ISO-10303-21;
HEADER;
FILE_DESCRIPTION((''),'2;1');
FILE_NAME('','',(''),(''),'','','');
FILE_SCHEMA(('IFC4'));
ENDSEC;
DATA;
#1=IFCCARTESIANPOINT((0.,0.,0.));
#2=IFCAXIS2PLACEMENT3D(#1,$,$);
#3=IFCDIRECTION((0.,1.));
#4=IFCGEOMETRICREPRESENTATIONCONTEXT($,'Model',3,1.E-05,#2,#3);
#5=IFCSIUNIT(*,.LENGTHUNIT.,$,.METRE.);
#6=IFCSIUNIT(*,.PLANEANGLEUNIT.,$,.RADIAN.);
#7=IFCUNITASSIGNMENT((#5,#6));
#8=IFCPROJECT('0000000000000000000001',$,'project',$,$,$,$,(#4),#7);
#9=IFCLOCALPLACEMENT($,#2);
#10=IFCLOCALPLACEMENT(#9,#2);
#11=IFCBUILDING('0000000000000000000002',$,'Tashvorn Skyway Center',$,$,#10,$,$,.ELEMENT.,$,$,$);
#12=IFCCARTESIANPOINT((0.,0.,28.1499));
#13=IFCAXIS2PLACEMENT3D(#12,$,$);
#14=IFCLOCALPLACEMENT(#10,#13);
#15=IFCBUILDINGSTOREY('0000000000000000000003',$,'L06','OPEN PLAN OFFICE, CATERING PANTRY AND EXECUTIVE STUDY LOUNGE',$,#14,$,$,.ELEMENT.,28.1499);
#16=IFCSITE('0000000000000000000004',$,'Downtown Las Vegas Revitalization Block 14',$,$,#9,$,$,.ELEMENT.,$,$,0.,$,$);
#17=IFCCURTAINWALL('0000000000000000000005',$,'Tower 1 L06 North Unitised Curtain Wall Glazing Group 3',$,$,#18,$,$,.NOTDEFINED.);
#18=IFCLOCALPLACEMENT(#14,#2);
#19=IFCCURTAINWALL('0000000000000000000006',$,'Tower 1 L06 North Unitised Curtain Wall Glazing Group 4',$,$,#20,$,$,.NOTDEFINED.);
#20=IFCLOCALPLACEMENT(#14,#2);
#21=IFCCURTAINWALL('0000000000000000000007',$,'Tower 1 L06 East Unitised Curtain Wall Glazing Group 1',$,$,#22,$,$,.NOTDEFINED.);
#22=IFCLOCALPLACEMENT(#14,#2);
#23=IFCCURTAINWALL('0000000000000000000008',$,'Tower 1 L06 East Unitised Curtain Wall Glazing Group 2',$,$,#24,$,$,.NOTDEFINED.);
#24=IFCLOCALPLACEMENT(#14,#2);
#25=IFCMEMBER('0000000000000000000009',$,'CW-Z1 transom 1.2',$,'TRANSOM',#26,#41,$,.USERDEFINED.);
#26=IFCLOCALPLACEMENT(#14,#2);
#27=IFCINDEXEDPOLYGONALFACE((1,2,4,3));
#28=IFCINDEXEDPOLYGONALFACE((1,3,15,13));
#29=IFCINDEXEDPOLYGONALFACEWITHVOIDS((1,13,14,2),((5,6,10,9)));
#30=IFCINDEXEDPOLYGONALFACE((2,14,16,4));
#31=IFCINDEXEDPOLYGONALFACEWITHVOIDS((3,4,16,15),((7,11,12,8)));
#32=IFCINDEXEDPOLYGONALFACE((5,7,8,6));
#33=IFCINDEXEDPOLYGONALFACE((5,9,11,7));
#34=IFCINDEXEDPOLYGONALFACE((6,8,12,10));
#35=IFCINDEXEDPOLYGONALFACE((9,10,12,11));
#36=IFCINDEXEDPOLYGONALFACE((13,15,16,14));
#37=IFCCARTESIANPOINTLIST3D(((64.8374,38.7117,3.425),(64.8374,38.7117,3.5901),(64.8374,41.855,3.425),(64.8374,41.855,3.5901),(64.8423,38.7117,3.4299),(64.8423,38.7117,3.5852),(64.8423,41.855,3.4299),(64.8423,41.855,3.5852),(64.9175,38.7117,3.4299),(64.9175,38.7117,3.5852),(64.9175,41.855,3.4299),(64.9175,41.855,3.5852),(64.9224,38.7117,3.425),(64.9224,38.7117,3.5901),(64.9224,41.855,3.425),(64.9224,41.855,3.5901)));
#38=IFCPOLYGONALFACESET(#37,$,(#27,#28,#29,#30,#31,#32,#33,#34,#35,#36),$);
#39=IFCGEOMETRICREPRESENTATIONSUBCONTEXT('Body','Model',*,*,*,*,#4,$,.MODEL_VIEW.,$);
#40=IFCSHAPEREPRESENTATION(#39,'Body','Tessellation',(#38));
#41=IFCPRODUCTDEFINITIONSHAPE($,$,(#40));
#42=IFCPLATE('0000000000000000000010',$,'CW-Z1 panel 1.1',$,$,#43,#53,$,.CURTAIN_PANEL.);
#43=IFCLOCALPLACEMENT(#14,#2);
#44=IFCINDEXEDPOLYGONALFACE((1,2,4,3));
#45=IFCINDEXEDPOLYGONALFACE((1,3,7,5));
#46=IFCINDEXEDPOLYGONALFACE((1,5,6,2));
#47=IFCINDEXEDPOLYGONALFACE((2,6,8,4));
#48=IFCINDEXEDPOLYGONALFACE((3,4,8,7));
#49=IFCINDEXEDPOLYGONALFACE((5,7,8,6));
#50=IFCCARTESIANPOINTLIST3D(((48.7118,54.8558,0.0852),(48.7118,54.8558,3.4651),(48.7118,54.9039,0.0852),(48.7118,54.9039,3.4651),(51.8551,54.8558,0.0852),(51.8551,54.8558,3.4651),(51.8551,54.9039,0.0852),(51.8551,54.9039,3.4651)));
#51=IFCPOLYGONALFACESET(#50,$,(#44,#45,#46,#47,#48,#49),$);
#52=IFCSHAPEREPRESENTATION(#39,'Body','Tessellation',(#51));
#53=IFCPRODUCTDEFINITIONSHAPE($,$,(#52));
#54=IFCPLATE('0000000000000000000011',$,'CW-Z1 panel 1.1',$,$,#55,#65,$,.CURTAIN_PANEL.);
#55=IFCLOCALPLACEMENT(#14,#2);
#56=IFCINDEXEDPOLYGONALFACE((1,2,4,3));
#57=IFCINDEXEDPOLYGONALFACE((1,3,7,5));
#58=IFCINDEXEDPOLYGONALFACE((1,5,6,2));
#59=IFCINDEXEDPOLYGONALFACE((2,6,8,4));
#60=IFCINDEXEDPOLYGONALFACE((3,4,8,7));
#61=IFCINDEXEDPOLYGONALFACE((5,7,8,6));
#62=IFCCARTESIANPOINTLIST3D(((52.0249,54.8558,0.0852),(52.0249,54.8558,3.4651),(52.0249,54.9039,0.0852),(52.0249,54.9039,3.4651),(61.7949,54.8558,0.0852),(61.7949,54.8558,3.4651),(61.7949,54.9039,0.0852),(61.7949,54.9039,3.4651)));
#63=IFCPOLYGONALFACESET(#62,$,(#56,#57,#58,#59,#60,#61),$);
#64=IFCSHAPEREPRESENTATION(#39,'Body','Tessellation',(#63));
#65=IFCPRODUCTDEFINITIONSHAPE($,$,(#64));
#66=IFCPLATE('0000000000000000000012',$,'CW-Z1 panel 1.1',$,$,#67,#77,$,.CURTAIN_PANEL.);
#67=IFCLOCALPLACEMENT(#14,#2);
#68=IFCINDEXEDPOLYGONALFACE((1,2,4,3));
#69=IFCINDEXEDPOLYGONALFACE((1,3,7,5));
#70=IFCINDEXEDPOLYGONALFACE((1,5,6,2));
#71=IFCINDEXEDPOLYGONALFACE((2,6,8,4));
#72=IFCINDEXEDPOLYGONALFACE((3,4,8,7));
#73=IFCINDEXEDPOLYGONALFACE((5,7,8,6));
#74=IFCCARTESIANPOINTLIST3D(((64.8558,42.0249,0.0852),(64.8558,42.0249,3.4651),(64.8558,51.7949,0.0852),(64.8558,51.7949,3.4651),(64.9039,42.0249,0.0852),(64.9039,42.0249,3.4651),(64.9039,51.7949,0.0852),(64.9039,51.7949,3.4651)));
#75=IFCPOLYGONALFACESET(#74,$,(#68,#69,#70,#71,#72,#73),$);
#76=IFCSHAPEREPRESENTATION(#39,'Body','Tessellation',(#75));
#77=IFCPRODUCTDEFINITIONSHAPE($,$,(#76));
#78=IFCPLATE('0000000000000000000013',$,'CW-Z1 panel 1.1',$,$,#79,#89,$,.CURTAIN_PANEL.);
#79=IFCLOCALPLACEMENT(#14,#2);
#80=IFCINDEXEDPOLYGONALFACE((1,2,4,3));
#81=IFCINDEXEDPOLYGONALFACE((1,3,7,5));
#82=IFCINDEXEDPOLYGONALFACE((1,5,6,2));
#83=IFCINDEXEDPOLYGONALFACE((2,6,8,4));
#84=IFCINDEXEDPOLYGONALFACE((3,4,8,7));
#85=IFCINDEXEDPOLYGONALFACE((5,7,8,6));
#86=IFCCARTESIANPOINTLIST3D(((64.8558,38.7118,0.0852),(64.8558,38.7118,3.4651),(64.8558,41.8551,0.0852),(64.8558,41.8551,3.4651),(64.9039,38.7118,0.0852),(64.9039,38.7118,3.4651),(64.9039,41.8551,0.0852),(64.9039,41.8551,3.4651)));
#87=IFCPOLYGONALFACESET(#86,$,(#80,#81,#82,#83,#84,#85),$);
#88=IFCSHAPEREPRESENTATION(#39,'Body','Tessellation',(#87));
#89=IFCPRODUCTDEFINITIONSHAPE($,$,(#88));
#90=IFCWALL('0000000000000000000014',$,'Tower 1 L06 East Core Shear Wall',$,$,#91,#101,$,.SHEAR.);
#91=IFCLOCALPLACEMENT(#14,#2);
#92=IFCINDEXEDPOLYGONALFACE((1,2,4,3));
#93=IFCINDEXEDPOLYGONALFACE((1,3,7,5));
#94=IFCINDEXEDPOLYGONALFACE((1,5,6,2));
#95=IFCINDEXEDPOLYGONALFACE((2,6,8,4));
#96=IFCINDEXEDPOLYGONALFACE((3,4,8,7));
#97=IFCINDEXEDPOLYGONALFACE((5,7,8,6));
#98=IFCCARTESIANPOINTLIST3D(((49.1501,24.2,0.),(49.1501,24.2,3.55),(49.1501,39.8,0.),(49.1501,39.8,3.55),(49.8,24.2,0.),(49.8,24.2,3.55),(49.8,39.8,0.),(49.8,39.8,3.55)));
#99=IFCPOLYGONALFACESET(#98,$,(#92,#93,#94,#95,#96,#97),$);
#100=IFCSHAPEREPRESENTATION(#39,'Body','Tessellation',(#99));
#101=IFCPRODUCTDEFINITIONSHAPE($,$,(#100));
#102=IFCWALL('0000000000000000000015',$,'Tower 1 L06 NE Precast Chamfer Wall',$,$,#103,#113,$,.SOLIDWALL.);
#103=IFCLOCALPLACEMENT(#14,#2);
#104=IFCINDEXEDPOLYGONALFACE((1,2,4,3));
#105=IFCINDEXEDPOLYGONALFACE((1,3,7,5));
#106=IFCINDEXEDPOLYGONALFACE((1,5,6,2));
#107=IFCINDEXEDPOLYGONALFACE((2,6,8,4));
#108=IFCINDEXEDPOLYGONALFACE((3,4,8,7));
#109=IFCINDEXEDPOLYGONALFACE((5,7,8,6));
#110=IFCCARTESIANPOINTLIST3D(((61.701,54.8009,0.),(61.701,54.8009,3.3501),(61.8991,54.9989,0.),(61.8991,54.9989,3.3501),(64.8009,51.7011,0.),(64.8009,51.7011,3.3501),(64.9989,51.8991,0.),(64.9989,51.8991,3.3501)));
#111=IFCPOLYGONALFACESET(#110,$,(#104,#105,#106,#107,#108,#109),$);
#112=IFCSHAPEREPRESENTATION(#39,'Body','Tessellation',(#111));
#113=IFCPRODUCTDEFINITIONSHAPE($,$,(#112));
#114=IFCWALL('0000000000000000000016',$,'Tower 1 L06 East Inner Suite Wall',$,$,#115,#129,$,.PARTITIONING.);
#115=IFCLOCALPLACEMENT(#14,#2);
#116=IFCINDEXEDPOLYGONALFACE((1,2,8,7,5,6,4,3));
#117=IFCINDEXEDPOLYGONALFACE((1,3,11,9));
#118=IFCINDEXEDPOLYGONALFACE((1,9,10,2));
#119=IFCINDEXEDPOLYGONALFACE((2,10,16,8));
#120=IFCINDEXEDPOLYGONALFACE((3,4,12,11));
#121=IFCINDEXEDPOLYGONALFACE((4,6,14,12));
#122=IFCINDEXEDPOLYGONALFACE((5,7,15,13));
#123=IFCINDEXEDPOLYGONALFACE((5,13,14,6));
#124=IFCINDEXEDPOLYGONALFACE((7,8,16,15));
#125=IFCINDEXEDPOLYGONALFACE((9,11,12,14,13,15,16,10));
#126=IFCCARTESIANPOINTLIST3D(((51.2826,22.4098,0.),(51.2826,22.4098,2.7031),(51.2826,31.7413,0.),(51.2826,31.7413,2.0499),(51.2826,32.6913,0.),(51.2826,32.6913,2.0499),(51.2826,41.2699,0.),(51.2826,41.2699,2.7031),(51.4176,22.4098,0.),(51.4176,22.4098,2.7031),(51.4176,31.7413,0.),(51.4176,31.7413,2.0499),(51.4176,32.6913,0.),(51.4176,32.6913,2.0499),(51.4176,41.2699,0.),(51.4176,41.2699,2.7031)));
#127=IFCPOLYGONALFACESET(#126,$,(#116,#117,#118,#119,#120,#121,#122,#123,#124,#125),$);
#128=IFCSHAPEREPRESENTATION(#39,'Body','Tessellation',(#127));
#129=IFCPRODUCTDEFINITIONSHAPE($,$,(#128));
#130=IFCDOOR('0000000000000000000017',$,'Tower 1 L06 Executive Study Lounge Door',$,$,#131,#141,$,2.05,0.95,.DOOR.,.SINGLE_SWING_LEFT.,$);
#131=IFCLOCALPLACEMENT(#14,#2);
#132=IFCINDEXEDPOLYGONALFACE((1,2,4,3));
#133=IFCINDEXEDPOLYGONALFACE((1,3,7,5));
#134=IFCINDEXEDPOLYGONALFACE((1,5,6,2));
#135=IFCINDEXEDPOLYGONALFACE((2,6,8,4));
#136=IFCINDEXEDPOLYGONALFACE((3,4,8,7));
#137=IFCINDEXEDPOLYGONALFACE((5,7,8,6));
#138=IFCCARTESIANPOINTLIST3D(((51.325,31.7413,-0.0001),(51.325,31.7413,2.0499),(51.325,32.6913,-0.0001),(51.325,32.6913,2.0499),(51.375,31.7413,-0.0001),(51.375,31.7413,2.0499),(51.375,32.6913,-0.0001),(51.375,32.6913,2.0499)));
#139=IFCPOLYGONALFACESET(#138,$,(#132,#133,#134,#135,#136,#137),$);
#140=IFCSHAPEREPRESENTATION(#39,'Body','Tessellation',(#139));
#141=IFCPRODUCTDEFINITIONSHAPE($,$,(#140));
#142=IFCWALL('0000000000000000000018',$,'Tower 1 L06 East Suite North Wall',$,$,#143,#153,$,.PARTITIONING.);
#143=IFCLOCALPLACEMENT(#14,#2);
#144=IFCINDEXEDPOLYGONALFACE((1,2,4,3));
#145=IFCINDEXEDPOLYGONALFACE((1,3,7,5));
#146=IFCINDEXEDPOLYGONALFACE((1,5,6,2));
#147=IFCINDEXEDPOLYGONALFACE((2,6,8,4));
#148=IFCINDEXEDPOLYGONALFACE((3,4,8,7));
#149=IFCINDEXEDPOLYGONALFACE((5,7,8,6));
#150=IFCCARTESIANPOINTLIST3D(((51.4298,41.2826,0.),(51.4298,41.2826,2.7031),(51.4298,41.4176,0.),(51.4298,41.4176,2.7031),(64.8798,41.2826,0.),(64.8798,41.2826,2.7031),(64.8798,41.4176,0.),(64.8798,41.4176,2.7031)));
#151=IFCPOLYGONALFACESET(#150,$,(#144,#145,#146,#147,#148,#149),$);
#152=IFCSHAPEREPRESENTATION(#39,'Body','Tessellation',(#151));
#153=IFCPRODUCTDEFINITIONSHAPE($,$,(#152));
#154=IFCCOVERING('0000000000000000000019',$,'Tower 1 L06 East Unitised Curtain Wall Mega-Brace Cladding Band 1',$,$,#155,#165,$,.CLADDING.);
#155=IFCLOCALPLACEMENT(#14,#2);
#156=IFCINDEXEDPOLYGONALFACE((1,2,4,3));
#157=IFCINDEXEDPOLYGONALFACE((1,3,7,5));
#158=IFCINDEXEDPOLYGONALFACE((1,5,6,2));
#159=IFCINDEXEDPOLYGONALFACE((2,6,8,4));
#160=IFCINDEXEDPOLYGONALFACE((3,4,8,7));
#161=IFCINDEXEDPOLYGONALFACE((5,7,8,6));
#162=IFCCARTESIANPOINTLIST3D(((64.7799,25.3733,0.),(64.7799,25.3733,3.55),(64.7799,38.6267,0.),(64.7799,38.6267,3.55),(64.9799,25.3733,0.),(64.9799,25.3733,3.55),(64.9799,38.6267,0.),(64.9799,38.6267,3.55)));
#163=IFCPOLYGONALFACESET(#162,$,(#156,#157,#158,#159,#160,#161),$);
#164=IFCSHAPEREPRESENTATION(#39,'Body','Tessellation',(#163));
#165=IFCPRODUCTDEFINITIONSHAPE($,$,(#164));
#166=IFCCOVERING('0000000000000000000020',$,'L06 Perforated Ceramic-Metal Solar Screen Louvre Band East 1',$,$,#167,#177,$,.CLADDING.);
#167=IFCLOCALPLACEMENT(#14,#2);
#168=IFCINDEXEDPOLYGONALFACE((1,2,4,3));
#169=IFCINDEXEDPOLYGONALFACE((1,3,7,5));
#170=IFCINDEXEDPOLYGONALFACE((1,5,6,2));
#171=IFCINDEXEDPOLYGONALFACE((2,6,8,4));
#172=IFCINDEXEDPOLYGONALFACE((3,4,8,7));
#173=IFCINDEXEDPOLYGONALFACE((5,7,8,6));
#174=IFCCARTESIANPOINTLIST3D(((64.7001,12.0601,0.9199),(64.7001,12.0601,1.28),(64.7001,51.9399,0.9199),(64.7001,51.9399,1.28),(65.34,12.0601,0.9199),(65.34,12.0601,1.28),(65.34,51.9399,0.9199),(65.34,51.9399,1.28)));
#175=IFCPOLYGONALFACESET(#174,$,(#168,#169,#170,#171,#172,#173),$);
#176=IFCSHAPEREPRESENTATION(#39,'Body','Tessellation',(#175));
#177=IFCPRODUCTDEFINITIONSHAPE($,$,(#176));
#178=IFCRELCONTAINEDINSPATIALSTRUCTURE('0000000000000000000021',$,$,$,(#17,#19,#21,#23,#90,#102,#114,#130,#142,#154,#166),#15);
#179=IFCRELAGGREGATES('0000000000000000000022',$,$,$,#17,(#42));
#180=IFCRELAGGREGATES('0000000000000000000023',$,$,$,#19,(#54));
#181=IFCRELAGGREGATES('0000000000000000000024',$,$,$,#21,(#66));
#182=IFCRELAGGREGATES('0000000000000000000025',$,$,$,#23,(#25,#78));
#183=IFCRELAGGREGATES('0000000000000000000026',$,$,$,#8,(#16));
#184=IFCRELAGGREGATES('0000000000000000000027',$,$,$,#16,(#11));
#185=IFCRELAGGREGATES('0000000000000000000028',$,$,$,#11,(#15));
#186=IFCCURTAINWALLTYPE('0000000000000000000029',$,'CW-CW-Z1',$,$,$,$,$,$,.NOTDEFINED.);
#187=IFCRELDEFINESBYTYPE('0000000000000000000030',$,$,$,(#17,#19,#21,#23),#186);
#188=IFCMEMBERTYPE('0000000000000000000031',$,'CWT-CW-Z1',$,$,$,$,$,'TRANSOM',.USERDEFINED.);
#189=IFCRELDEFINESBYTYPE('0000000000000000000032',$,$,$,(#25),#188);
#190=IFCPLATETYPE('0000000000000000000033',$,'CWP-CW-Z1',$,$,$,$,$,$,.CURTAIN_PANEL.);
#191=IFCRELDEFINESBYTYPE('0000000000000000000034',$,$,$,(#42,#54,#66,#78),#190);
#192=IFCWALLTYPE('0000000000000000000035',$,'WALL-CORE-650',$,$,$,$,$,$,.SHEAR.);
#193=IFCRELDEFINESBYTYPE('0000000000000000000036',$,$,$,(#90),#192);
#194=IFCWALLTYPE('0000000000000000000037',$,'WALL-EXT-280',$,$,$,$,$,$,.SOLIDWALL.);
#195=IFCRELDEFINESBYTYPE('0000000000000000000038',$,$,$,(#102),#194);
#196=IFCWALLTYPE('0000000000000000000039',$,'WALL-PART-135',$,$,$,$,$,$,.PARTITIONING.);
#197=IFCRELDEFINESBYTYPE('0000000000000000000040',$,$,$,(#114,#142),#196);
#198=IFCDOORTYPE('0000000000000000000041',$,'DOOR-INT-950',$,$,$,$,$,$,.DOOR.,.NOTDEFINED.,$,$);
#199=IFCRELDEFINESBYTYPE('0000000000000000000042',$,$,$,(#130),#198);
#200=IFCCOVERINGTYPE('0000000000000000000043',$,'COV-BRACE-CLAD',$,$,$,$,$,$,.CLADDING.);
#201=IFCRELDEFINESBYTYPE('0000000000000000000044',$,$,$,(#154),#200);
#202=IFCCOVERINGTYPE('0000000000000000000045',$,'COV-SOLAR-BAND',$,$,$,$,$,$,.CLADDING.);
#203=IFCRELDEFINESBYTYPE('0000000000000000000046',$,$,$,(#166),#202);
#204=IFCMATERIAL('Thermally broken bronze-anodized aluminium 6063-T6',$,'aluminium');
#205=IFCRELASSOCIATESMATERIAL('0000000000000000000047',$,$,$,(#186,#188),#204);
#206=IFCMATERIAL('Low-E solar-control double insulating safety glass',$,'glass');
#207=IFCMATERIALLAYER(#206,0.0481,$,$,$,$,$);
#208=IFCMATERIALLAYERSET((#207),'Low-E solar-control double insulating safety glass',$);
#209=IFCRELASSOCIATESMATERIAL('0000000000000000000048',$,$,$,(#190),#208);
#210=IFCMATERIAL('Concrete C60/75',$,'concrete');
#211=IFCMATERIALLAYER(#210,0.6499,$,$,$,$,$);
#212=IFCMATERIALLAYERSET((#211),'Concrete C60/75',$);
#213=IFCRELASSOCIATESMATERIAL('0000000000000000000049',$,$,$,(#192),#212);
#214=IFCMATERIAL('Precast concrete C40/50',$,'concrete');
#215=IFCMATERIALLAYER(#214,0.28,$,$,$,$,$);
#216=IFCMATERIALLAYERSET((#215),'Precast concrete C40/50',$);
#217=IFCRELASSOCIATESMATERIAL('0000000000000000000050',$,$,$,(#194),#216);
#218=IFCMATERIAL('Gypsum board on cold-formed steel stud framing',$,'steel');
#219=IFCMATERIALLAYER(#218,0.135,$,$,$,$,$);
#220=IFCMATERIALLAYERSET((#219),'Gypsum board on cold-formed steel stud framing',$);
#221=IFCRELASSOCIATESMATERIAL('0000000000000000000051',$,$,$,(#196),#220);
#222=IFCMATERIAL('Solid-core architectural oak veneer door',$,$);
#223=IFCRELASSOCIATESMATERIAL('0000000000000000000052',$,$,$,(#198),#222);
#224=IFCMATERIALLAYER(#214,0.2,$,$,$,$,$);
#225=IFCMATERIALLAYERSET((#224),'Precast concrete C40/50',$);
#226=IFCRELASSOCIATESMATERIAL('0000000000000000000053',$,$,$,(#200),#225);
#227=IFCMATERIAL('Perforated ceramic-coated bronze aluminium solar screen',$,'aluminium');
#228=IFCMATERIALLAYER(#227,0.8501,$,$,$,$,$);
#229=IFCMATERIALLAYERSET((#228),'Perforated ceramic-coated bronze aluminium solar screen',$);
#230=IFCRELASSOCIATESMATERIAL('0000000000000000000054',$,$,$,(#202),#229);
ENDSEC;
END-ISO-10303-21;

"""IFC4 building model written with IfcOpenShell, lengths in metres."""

from ifc_helpers import new_model, si_unit, direction, frame, frame_2d, origin, origin_2d, place, context, subcontext, project, spatial, rectangle, hollow_rectangle, extrude, material, layer, layer_set, material_profile, profile_set, type_object, element, fill, aggregate, save


model = new_model("IFC4")

# Units and contexts
model_context = context("Model", 3, precision=1e-05, world=origin(), true_north=direction((0.0, 1.0)))
body_context = subcontext(model_context, "Body", "Model", "MODEL_VIEW")
ifc_project = project(units=[si_unit("LENGTHUNIT", "METRE"), si_unit("PLANEANGLEUNIT", "RADIAN")], contexts=[model_context])

# Site, building, storey
site_placement = place(None, origin())
site = spatial("IfcSite", under=ifc_project, at=site_placement, Name="Downtown Las Vegas Revitalization Block 14", CompositionType="ELEMENT", RefElevation=0.0)
building_placement = place(site_placement, origin())
building = spatial("IfcBuilding", under=site, at=building_placement, Name="Tashvorn Skyway Center", CompositionType="ELEMENT")
storey_placement = place(building_placement, frame((0.0, 0.0, 28.1499)))
storey = spatial("IfcBuildingStorey", under=building, at=storey_placement, Name="L06", Description="OPEN PLAN OFFICE, CATERING PANTRY AND EXECUTIVE STUDY LOUNGE", CompositionType="ELEMENT", Elevation=28.1499)

# Curtain wall
ifc_material_1 = material(Name="Thermally broken bronze-anodized aluminium 6063-T6", Category="aluminium")
curtain_wall_type = type_object("IfcCurtainWallType", Name="CW-CW-Z1", PredefinedType="NOTDEFINED", material=ifc_material_1)
curtain_wall_1_placement = place(storey_placement, origin())
curtain_wall_1 = element("IfcCurtainWall", 1, at=curtain_wall_1_placement, inside=storey, type_object=curtain_wall_type, Name="Tower 1 L06 North Unitised Curtain Wall Glazing Group 3", PredefinedType="NOTDEFINED")

# Curtain walls
curtain_wall_2_placement = place(storey_placement, origin())
curtain_wall_2 = element("IfcCurtainWall", 2, at=curtain_wall_2_placement, inside=storey, type_object=curtain_wall_type, Name="Tower 1 L06 North Unitised Curtain Wall Glazing Group 4", PredefinedType="NOTDEFINED")
curtain_wall_3_placement = place(storey_placement, origin())
curtain_wall_3 = element("IfcCurtainWall", 3, at=curtain_wall_3_placement, inside=storey, type_object=curtain_wall_type, Name="Tower 1 L06 East Unitised Curtain Wall Glazing Group 1", PredefinedType="NOTDEFINED")
curtain_wall_4_placement = place(storey_placement, origin())
curtain_wall_4 = element("IfcCurtainWall", 4, at=curtain_wall_4_placement, inside=storey, type_object=curtain_wall_type, Name="Tower 1 L06 East Unitised Curtain Wall Glazing Group 2", PredefinedType="NOTDEFINED")

# Member
ifc_material_profile_1 = material_profile(ifc_material_1, hollow_rectangle(XDim=0.085, YDim=0.165, WallThickness=0.0049, at=origin_2d()), Name="ALU-TRAN-85x165")
ifc_profile_set_1 = profile_set([ifc_material_profile_1], Name="Thermally broken bronze-anodized aluminium 6063-T6")
member_type_1 = type_object("IfcMemberType", Name="CWT-CW-Z1", ElementType="TRANSOM", PredefinedType="USERDEFINED", material=ifc_profile_set_1)
member_1_placement = place(storey_placement, frame((64.8799, 41.855, 3.5076), z_axis=(0.0, -1.0, 0.0), x_axis=(1.0, 0.0, 0.0)))
member_1 = element("IfcMember", 5, at=member_1_placement, type_object=member_type_1, Name="CW-Z1 transom 1.2", ObjectType="TRANSOM", PredefinedType="USERDEFINED", context=body_context, shape_type="SweptSolid", body=[
    extrude(hollow_rectangle(XDim=0.085, YDim=0.165, WallThickness=0.0049, at=origin_2d()), origin(), (0.0, 0.0, 1.0), 3.1433),
])

# Plates
ifc_material_2 = material(Name="Low-E solar-control double insulating safety glass", Category="glass")
ifc_layer_1 = layer(ifc_material_2, 0.0481)
ifc_layer_set_1 = layer_set([ifc_layer_1], Name="Low-E solar-control double insulating safety glass")
plate_type = type_object("IfcPlateType", Name="CWP-CW-Z1", PredefinedType="CURTAIN_PANEL", material=ifc_layer_set_1)
plate_1_placement = place(storey_placement, frame((50.2834, 54.8799, 0.0852), z_axis=(0.0, 0.0, 1.0), x_axis=(1.0, 0.0, 0.0)))
plate_1 = element("IfcPlate", 6, at=plate_1_placement, type_object=plate_type, Name="CW-Z1 panel 1.1", PredefinedType="CURTAIN_PANEL", context=body_context, shape_type="SweptSolid", body=[
    extrude(rectangle(XDim=3.1433, YDim=0.0481, at=origin_2d()), origin(), (0.0, 0.0, 1.0), 3.3799),
])
aggregate(curtain_wall_1, [plate_1])
plate_2_placement = place(storey_placement, frame((56.9099, 54.8799, 0.0852), z_axis=(0.0, 0.0, 1.0), x_axis=(1.0, 0.0, 0.0)))
plate_2 = element("IfcPlate", 7, at=plate_2_placement, type_object=plate_type, Name="CW-Z1 panel 1.1", PredefinedType="CURTAIN_PANEL", context=body_context, shape_type="SweptSolid", body=[
    extrude(rectangle(XDim=9.77, YDim=0.0481, at=origin_2d()), origin(), (0.0, 0.0, 1.0), 3.3799),
])
aggregate(curtain_wall_2, [plate_2])
plate_3_placement = place(storey_placement, frame((64.8799, 46.9099, 0.0852), z_axis=(0.0, 0.0, 1.0), x_axis=(0.0, -1.0, 0.0)))
plate_3 = element("IfcPlate", 8, at=plate_3_placement, type_object=plate_type, Name="CW-Z1 panel 1.1", PredefinedType="CURTAIN_PANEL", context=body_context, shape_type="SweptSolid", body=[
    extrude(rectangle(XDim=9.77, YDim=0.0481, at=origin_2d()), origin(), (0.0, 0.0, 1.0), 3.3799),
])
aggregate(curtain_wall_3, [plate_3])
plate_4_placement = place(storey_placement, frame((64.8799, 40.2834, 0.0852), z_axis=(0.0, 0.0, 1.0), x_axis=(0.0, -1.0, 0.0)))
plate_4 = element("IfcPlate", 9, at=plate_4_placement, type_object=plate_type, Name="CW-Z1 panel 1.1", PredefinedType="CURTAIN_PANEL", context=body_context, shape_type="SweptSolid", body=[
    extrude(rectangle(XDim=3.1433, YDim=0.0481, at=origin_2d()), origin(), (0.0, 0.0, 1.0), 3.3799),
])
aggregate(curtain_wall_4, [member_1, plate_4])

# Walls
ifc_material_3 = material(Name="Concrete C60/75", Category="concrete")
ifc_layer_2 = layer(ifc_material_3, 0.6499)
ifc_layer_set_2 = layer_set([ifc_layer_2], Name="Concrete C60/75")
wall_type_1 = type_object("IfcWallType", Name="WALL-CORE-650", PredefinedType="SHEAR", material=ifc_layer_set_2)
wall_1_placement = place(storey_placement, frame((49.4751, 39.8, 0.0), z_axis=(0.0, 0.0, 1.0), x_axis=(0.0, -1.0, 0.0)))
element("IfcWall", 10, at=wall_1_placement, inside=storey, type_object=wall_type_1, Name="Tower 1 L06 East Core Shear Wall", PredefinedType="SHEAR", context=body_context, shape_type="SweptSolid", body=[
    extrude(rectangle(XDim=15.6001, YDim=0.6499, at=frame_2d((7.8, 0.0))), origin(), (0.0, 0.0, 1.0), 3.55),
])
ifc_material_4 = material(Name="Precast concrete C40/50", Category="concrete")
ifc_layer_3 = layer(ifc_material_4, 0.28)
ifc_layer_set_3 = layer_set([ifc_layer_3], Name="Precast concrete C40/50")
wall_type_2 = type_object("IfcWallType", Name="WALL-EXT-280", PredefinedType="SOLIDWALL", material=ifc_layer_set_3)
wall_2_placement = place(storey_placement, frame((61.8, 54.8999, 0.0), z_axis=(0.0, 0.0, 1.0), x_axis=(0.707107, -0.707107, 0.0)))
element("IfcWall", 11, at=wall_2_placement, inside=storey, type_object=wall_type_2, Name="Tower 1 L06 NE Precast Chamfer Wall", PredefinedType="SOLIDWALL", context=body_context, shape_type="SweptSolid", body=[
    extrude(rectangle(XDim=4.3838, YDim=0.28, at=frame_2d((2.1919, 0.0))), origin(), (0.0, 0.0, 1.0), 3.3501),
])

# Wall, opening, door
ifc_material_5 = material(Name="Gypsum board on cold-formed steel stud framing", Category="steel")
ifc_layer_4 = layer(ifc_material_5, 0.135)
ifc_layer_set_4 = layer_set([ifc_layer_4], Name="Gypsum board on cold-formed steel stud framing")
wall_type_3 = type_object("IfcWallType", Name="WALL-PART-135", PredefinedType="PARTITIONING", material=ifc_layer_set_4)
wall_3_placement = place(storey_placement, frame((51.3501, 41.27, 0.0), z_axis=(0.0, 0.0, 1.0), x_axis=(0.0, -1.0, 0.0)))
wall_3 = element("IfcWall", 12, at=wall_3_placement, inside=storey, type_object=wall_type_3, Name="Tower 1 L06 East Inner Suite Wall", PredefinedType="PARTITIONING", context=body_context, shape_type="SweptSolid", body=[
    extrude(rectangle(XDim=18.8601, YDim=0.135, at=frame_2d((9.4302, 0.0))), origin(), (0.0, 0.0, 1.0), 2.7031),
])
opening_placement = place(wall_3_placement, frame((8.5786, 0.0, 0.0)))
opening = element("IfcOpeningElement", 13, at=opening_placement, cuts=wall_3, PredefinedType="OPENING", context=body_context, shape_type="SweptSolid", body=[
    extrude(rectangle(XDim=0.95, YDim=2.05, at=frame_2d((0.4751, 1.0249))), frame((0.0, 0.0774, 0.0), z_axis=(0.0, -1.0, 0.0), x_axis=(1.0, 0.0, 0.0)), (0.0, 0.0, 1.0), 0.155),
])
ifc_material_6 = material(Name="Solid-core architectural oak veneer door")
door_type = type_object("IfcDoorType", Name="DOOR-INT-950", OperationType="NOTDEFINED", PredefinedType="DOOR", material=ifc_material_6)
door_placement = place(opening_placement, origin())
door = element("IfcDoor", 14, at=door_placement, inside=storey, type_object=door_type, Name="Tower 1 L06 Executive Study Lounge Door", OperationType="SINGLE_SWING_LEFT", OverallHeight=2.05, OverallWidth=0.95, PredefinedType="DOOR", context=body_context, shape_type="SweptSolid", body=[
    extrude(rectangle(XDim=0.95, YDim=2.05, at=frame_2d((0.4751, 1.0249))), frame((0.0, 0.0249, 0.0), z_axis=(0.0, -1.0, 0.0), x_axis=(1.0, 0.0, 0.0)), (0.0, 0.0, 1.0), 0.05),
])
fill(opening, door)

# Wall
wall_4_placement = place(storey_placement, frame((64.8799, 41.3501, 0.0), z_axis=(0.0, 0.0, 1.0), x_axis=(-1.0, 0.0, 0.0)))
element("IfcWall", 15, at=wall_4_placement, inside=storey, type_object=wall_type_3, Name="Tower 1 L06 East Suite North Wall", PredefinedType="PARTITIONING", context=body_context, shape_type="SweptSolid", body=[
    extrude(rectangle(XDim=13.45, YDim=0.135, at=frame_2d((6.7251, 0.0))), origin(), (0.0, 0.0, 1.0), 2.7031),
])

# Coverings
ifc_layer_5 = layer(ifc_material_4, 0.2)
ifc_layer_set_5 = layer_set([ifc_layer_5], Name="Precast concrete C40/50")
covering_type_1 = type_object("IfcCoveringType", Name="COV-BRACE-CLAD", PredefinedType="CLADDING", material=ifc_layer_set_5)
covering_1_placement = place(storey_placement, frame((64.8799, 32.0, 0.0), z_axis=(0.0, 0.0, 1.0), x_axis=(0.0, -1.0, 0.0)))
element("IfcCovering", 16, at=covering_1_placement, inside=storey, type_object=covering_type_1, Name="Tower 1 L06 East Unitised Curtain Wall Mega-Brace Cladding Band 1", PredefinedType="CLADDING", context=body_context, shape_type="SweptSolid", body=[
    extrude(rectangle(XDim=13.2534, YDim=0.2, at=origin_2d()), origin(), (0.0, 0.0, 1.0), 3.55),
])
ifc_material_7 = material(Name="Perforated ceramic-coated bronze aluminium solar screen", Category="aluminium")
ifc_layer_6 = layer(ifc_material_7, 0.8501)
ifc_layer_set_6 = layer_set([ifc_layer_6], Name="Perforated ceramic-coated bronze aluminium solar screen")
covering_type_2 = type_object("IfcCoveringType", Name="COV-SOLAR-BAND", PredefinedType="CLADDING", material=ifc_layer_set_6)
covering_2_placement = place(storey_placement, frame((65.02, 32.0, 0.9199), z_axis=(0.0, 0.0, 1.0), x_axis=(0.0, -1.0, 0.0)))
element("IfcCovering", 17, at=covering_2_placement, inside=storey, type_object=covering_type_2, Name="L06 Perforated Ceramic-Metal Solar Screen Louvre Band East 1", PredefinedType="CLADDING", context=body_context, shape_type="SweptSolid", body=[
    extrude(rectangle(XDim=39.8799, YDim=0.6399, at=origin_2d()), origin(), (0.0, 0.0, 1.0), 0.3601),
])

save(model, "model.ifc")
